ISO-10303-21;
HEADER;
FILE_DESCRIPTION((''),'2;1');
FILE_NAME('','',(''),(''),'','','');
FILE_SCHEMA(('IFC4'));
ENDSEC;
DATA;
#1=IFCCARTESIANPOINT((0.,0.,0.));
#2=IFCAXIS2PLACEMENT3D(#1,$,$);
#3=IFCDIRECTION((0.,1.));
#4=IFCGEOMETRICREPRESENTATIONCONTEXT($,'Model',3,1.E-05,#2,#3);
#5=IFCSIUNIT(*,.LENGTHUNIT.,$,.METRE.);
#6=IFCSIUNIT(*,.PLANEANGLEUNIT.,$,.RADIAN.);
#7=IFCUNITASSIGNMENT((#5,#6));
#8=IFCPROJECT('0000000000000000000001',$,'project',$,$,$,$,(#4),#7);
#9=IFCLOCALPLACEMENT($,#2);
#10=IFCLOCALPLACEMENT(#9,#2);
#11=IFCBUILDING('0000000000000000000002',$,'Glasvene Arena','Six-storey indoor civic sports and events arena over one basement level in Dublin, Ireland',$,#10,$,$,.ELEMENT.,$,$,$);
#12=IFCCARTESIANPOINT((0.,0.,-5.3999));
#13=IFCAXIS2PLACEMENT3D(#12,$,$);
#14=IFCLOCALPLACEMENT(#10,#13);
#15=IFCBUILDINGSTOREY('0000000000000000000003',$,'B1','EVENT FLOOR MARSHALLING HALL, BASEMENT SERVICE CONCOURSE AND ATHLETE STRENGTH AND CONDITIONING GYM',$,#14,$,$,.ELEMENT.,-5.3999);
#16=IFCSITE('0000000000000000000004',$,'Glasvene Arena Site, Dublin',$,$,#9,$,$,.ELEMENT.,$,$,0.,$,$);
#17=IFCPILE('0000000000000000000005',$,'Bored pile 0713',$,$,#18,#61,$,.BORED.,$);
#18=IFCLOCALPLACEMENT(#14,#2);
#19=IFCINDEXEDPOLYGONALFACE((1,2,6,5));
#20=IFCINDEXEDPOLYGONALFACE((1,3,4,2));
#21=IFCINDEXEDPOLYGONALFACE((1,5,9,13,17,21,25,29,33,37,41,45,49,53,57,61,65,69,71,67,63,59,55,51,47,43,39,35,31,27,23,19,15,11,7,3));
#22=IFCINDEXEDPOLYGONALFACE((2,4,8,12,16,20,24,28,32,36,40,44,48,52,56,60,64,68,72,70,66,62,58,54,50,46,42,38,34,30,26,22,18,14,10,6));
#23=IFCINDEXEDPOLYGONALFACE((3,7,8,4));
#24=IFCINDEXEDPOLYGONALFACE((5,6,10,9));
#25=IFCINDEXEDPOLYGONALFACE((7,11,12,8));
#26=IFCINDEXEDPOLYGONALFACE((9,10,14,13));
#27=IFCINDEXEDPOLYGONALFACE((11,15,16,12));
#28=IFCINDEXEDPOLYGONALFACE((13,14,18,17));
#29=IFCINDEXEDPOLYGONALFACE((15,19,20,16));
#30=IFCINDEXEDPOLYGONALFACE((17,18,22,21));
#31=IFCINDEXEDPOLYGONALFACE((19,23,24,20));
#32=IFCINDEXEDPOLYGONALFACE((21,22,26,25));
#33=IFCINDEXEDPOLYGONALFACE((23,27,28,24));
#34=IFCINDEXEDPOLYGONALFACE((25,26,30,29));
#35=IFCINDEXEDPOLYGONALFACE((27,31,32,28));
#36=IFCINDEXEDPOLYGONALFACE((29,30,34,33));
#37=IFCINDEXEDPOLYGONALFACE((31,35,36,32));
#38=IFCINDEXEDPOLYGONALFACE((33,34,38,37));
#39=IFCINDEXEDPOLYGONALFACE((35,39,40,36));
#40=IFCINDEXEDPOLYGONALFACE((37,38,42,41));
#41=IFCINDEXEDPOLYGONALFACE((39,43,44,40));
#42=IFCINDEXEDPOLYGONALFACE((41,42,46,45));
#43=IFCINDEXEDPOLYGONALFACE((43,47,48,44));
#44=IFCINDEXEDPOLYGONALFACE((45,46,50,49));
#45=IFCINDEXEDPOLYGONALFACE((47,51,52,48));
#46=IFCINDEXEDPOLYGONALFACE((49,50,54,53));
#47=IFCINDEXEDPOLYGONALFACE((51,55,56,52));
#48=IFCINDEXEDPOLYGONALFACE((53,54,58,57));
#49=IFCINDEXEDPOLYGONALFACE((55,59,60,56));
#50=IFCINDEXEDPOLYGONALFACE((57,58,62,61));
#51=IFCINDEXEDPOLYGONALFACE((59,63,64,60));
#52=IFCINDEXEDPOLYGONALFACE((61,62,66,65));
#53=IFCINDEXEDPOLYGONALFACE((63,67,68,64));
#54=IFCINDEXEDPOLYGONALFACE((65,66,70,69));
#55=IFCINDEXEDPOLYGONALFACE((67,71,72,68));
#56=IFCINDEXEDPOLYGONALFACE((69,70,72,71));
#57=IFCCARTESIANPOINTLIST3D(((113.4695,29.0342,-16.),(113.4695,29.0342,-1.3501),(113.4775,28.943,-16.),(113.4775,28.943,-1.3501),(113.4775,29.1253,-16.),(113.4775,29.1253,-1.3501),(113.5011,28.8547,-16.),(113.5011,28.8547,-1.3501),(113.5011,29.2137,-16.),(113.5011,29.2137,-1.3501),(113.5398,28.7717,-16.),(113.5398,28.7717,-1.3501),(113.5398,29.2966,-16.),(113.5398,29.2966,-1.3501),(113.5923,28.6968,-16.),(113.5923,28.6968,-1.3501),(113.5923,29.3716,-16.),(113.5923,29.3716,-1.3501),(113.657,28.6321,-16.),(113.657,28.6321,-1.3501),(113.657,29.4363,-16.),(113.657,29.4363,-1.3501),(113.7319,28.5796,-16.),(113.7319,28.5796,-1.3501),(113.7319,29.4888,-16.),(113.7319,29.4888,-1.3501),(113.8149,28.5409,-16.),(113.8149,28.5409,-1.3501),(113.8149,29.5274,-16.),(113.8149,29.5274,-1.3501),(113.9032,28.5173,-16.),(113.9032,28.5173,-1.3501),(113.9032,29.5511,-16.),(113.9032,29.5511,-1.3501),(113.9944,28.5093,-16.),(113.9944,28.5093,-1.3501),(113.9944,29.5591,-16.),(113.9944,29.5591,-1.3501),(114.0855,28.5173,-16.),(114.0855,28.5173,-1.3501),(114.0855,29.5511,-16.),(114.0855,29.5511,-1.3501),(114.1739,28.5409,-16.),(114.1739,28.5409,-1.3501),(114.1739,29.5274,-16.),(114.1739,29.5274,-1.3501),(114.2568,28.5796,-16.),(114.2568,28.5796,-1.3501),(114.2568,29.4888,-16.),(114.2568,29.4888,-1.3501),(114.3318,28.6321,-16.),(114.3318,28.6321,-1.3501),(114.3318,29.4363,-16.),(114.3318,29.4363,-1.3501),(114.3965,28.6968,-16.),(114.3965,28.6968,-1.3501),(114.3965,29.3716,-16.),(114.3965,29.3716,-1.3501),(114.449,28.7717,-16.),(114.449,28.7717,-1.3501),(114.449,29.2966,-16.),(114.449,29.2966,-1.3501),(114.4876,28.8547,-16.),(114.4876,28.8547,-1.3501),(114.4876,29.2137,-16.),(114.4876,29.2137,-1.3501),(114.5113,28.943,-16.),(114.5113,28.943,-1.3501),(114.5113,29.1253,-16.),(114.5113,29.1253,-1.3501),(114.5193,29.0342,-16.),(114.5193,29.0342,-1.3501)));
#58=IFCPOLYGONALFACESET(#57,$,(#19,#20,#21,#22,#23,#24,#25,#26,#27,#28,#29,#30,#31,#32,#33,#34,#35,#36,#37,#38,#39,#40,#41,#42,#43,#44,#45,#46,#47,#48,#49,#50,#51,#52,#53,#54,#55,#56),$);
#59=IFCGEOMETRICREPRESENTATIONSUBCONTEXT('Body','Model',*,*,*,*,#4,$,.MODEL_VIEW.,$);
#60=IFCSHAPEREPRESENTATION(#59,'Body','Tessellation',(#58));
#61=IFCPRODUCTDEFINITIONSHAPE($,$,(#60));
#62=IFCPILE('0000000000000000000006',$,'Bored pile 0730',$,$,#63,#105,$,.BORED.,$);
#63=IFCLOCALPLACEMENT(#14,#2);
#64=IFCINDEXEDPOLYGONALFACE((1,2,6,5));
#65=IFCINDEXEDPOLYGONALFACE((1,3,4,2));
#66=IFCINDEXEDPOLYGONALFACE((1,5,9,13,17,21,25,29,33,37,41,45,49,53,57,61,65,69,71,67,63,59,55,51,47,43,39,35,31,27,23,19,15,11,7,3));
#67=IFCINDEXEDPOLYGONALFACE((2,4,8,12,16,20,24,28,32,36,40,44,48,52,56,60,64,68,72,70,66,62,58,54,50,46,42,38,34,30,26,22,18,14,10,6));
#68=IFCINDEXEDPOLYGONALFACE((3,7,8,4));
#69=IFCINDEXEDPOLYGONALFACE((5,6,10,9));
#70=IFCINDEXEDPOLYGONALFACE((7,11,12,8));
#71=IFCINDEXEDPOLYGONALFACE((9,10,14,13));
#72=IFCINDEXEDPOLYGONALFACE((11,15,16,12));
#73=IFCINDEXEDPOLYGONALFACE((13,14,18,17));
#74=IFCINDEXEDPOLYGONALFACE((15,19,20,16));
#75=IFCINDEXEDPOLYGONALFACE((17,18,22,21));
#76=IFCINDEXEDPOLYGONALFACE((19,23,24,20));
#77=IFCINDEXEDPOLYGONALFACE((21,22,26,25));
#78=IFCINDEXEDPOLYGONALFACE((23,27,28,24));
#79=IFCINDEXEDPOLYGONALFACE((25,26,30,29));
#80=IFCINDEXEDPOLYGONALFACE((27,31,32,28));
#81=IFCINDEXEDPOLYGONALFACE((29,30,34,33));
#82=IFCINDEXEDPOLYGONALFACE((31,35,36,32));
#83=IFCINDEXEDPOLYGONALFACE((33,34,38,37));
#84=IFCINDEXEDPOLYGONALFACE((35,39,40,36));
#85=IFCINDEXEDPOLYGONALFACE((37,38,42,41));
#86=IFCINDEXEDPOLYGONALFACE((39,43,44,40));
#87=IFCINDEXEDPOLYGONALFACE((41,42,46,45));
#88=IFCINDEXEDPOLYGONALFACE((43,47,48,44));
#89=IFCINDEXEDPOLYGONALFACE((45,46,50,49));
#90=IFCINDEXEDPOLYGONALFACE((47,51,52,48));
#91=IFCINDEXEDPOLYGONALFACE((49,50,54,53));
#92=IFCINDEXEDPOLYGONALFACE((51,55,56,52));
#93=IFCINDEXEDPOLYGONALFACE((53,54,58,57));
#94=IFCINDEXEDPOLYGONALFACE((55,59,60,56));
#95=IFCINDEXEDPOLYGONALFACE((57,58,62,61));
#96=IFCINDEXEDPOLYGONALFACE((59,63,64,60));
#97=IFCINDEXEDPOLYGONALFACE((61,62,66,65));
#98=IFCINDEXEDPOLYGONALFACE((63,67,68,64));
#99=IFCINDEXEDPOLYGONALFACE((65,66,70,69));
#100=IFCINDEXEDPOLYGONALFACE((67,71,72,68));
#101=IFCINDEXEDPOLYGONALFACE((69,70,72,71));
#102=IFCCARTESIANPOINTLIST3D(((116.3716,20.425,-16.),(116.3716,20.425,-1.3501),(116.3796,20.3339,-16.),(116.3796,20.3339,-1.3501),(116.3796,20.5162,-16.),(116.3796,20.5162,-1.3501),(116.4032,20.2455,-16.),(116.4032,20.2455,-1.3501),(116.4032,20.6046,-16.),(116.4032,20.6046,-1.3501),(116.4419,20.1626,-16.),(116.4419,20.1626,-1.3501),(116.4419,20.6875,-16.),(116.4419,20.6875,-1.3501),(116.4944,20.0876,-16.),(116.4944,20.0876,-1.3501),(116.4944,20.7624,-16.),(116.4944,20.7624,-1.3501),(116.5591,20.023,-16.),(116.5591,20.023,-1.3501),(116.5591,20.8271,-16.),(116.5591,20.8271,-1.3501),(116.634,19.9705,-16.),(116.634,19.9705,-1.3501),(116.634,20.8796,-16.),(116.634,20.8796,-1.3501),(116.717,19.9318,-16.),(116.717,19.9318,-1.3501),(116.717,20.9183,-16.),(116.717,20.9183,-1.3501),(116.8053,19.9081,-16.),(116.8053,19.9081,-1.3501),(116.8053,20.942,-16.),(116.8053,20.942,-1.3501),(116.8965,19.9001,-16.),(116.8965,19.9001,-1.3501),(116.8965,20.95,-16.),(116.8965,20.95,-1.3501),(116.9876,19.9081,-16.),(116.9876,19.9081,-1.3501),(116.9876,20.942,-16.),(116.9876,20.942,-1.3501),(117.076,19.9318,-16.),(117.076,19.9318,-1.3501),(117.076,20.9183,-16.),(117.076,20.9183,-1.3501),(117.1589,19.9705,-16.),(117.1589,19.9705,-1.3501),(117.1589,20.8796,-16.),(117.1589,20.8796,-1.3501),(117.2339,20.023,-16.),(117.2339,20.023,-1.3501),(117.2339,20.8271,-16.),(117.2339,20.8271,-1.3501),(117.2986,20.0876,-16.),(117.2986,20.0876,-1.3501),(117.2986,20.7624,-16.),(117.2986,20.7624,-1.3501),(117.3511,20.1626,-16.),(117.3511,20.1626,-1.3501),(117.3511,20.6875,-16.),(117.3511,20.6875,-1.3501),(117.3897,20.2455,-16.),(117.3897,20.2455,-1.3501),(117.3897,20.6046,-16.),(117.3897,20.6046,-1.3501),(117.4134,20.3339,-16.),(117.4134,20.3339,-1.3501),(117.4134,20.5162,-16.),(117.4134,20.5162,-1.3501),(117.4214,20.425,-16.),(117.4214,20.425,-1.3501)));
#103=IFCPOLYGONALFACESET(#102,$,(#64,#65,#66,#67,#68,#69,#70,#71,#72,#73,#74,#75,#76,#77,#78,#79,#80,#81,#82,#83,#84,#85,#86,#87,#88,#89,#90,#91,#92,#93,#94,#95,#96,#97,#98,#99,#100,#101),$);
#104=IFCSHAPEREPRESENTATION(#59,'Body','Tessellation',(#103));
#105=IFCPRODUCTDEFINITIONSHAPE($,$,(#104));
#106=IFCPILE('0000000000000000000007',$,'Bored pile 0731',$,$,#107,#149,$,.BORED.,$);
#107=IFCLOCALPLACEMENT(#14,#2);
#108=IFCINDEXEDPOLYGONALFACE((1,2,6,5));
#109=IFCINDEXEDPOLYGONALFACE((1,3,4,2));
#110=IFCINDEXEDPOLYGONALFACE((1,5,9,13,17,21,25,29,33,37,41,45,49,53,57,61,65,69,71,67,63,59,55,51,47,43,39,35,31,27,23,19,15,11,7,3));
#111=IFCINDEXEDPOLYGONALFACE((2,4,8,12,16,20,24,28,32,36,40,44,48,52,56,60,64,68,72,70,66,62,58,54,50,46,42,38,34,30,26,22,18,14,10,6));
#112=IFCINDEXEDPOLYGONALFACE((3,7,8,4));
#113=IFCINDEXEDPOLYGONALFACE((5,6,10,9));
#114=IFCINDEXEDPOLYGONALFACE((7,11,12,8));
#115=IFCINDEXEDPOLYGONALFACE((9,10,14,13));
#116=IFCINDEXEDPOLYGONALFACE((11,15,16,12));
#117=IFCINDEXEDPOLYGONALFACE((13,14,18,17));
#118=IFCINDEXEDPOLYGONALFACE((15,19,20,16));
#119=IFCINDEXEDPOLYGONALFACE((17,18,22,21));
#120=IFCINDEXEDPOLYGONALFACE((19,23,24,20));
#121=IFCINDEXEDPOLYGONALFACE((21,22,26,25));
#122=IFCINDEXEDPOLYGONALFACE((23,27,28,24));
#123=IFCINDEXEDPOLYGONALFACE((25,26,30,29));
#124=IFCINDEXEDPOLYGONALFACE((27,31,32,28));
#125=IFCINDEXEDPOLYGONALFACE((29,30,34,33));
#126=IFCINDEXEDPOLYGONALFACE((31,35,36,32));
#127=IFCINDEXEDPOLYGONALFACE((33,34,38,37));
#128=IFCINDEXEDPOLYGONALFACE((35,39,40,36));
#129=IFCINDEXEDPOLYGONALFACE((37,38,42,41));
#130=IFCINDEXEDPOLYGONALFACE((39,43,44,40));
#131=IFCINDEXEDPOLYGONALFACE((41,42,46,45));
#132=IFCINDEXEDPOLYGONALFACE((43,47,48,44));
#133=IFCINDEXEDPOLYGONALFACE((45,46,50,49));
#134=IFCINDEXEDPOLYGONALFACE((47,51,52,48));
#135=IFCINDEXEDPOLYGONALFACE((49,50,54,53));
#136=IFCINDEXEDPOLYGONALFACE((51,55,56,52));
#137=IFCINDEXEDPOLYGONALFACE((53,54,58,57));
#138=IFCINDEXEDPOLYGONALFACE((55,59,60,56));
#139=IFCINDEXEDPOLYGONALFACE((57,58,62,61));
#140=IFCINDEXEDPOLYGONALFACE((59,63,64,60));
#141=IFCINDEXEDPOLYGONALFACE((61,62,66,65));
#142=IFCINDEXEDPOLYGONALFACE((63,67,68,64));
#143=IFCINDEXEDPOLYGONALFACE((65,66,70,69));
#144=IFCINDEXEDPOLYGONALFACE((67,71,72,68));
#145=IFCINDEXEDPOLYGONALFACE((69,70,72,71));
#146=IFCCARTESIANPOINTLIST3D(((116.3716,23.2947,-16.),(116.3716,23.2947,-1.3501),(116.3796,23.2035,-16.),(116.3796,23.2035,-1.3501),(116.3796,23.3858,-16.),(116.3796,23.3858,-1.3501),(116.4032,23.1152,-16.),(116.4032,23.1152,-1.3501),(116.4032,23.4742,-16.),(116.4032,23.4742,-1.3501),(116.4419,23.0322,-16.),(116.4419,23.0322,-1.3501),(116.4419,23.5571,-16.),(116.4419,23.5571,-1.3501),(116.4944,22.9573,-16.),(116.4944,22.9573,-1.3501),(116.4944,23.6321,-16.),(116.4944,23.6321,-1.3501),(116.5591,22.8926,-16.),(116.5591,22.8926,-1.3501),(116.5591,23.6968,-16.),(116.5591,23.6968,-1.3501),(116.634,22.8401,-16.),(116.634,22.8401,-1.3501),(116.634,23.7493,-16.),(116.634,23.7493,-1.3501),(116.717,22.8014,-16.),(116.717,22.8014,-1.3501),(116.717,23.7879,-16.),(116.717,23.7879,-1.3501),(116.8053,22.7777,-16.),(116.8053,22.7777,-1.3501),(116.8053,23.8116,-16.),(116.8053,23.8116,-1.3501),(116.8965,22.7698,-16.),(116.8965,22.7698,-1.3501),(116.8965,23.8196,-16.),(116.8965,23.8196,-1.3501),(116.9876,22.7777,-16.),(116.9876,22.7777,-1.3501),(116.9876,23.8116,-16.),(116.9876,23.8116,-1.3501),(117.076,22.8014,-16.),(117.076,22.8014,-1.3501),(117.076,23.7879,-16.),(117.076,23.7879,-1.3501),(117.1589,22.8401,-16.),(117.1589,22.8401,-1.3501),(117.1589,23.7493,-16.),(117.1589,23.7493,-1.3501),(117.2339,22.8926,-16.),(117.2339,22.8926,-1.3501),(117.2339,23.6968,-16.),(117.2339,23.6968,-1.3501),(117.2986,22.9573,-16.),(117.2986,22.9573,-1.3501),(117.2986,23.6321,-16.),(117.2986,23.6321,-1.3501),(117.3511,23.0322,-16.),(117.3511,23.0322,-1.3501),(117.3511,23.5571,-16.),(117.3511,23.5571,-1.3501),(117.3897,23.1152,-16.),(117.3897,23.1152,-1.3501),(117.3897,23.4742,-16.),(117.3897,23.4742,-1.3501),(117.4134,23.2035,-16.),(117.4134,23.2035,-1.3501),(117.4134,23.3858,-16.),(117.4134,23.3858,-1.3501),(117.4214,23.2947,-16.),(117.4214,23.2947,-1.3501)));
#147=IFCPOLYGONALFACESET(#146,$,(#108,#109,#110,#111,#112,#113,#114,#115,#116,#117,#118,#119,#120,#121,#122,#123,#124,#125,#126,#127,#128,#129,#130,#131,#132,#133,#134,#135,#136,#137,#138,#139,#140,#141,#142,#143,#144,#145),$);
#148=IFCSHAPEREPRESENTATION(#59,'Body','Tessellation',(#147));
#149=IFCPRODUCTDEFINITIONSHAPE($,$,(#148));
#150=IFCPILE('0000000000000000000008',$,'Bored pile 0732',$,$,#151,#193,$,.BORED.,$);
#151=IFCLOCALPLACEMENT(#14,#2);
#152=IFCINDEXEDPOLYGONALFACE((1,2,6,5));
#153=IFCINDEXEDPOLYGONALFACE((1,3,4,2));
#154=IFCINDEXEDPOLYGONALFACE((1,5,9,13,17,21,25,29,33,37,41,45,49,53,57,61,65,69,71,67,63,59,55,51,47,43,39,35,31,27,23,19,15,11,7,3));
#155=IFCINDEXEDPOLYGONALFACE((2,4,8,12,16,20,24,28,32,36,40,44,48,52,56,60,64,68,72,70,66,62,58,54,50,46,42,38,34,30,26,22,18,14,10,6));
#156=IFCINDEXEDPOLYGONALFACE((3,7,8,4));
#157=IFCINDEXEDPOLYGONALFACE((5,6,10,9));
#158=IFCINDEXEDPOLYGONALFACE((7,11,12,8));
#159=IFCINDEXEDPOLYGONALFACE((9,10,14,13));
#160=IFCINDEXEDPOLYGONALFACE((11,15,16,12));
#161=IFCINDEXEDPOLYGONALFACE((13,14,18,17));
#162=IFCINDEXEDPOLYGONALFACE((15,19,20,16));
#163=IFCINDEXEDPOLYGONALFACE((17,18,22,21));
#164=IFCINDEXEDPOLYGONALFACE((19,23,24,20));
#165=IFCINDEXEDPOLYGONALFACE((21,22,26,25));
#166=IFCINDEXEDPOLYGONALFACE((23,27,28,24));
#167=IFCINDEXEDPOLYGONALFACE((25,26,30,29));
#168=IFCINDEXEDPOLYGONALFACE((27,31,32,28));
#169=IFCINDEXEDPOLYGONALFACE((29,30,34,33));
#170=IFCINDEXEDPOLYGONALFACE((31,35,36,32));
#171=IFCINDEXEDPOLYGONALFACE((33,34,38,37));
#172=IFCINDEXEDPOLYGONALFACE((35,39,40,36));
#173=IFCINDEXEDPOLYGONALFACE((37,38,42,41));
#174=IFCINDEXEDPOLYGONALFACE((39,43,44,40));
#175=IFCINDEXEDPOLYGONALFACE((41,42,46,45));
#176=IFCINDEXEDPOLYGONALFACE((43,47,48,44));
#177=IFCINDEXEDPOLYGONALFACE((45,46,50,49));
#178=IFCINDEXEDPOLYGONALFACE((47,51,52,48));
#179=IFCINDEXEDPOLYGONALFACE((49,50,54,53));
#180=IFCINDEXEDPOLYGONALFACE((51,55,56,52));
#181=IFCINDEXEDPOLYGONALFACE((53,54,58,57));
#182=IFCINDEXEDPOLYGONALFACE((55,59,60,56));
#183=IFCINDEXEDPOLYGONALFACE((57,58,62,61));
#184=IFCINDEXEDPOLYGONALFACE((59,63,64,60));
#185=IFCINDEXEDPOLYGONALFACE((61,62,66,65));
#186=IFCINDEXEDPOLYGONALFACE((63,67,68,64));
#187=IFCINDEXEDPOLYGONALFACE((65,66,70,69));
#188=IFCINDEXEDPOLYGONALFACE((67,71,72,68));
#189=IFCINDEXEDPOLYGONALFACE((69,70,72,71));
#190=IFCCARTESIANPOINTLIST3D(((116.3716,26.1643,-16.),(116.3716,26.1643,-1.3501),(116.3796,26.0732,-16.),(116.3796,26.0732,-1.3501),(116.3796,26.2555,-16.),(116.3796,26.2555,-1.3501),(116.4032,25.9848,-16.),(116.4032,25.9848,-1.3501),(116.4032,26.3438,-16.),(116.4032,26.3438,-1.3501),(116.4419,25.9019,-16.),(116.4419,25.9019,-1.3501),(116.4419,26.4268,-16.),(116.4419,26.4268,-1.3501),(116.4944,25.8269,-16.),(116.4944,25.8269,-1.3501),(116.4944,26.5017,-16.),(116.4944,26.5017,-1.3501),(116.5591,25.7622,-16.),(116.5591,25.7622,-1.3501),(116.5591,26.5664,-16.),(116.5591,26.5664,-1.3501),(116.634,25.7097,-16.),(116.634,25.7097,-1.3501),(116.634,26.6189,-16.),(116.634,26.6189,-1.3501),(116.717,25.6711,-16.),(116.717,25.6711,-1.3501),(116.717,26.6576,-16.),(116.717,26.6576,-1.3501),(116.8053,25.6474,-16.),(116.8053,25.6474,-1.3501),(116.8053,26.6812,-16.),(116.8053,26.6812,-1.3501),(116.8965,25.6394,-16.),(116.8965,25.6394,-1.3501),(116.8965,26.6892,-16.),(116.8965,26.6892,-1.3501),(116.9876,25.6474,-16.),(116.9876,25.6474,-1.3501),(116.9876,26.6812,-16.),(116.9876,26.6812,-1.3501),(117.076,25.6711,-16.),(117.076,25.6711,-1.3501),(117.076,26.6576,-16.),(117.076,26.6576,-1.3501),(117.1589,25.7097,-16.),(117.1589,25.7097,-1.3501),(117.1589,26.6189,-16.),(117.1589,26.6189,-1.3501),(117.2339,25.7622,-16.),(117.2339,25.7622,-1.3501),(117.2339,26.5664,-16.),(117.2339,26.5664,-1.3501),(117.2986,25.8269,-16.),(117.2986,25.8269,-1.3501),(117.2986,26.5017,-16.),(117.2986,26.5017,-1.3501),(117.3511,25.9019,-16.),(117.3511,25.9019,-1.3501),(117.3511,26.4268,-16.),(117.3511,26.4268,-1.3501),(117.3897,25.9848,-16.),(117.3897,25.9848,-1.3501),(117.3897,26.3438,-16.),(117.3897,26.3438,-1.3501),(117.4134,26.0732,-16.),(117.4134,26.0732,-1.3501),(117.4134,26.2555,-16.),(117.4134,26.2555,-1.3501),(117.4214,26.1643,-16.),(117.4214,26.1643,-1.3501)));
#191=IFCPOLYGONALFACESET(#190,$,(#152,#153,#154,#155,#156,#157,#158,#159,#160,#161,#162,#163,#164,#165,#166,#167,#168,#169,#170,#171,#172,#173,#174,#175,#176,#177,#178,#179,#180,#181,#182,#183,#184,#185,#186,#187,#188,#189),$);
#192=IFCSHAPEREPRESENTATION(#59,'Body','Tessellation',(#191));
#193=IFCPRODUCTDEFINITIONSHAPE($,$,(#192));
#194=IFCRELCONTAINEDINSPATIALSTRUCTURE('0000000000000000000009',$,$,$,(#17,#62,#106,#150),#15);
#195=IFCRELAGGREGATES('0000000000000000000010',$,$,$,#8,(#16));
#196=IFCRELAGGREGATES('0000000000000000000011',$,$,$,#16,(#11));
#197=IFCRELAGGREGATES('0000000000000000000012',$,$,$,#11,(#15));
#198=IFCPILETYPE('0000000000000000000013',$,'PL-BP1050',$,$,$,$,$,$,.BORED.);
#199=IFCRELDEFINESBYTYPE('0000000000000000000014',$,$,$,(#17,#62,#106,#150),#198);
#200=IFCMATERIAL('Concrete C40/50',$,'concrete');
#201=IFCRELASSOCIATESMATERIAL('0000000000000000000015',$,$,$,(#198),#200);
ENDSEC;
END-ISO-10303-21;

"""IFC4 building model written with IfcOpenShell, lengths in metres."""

from ifc_helpers import new_model, si_unit, direction, frame, origin, origin_2d, place, context, subcontext, project, spatial, circle, extrude, material, material_profile, profile_set, type_object, element, save


model = new_model("IFC4")

# Units and contexts
model_context = context("Model", 3, precision=1e-05, world=origin(), true_north=direction((0.0, 1.0)))
body_context = subcontext(model_context, "Body", "Model", "MODEL_VIEW")
ifc_project = project(units=[si_unit("LENGTHUNIT", "METRE"), si_unit("PLANEANGLEUNIT", "RADIAN")], contexts=[model_context])

# Site, building, storey
site_placement = place(None, origin())
site = spatial("IfcSite", under=ifc_project, at=site_placement, Name="Glasvene Arena Site, Dublin", CompositionType="ELEMENT", RefElevation=0.0)
building_placement = place(site_placement, origin())
building = spatial("IfcBuilding", under=site, at=building_placement, Name="Glasvene Arena", Description="Six-storey indoor civic sports and events arena over one basement level in Dublin, Ireland", CompositionType="ELEMENT")
storey_placement = place(building_placement, frame((0.0, 0.0, -5.3999)))
storey = spatial("IfcBuildingStorey", under=building, at=storey_placement, Name="B1", Description="EVENT FLOOR MARSHALLING HALL, BASEMENT SERVICE CONCOURSE AND ATHLETE STRENGTH AND CONDITIONING GYM", CompositionType="ELEMENT", Elevation=-5.3999)

# Piles
ifc_material_1 = material(Name="Concrete C40/50", Category="concrete")
ifc_material_profile_1 = material_profile(ifc_material_1, circle(Radius=0.5249, at=origin_2d()), Name="BORED PILE 1050")
ifc_profile_set_1 = profile_set([ifc_material_profile_1], Name="Concrete C40/50")
pile_type = type_object("IfcPileType", Name="PL-BP1050", PredefinedType="BORED", material=ifc_profile_set_1)
for number, where, z_axis, x_axis, name in (
    (1, (113.9944, 29.0342, -1.3501), (0.0, 0.0, -1.0), (1.0, 0.0, 0.0), "Bored pile 0713"),
    (2, (116.8965, 20.425, -1.3501), (0.0, 0.0, -1.0), (1.0, 0.0, 0.0), "Bored pile 0730"),
    (3, (116.8965, 23.2947, -1.3501), (0.0, 0.0, -1.0), (1.0, 0.0, 0.0), "Bored pile 0731"),
    (4, (116.8965, 26.1643, -1.3501), (0.0, 0.0, -1.0), (1.0, 0.0, 0.0), "Bored pile 0732"),
):
    element("IfcPile", number, at=place(storey_placement, frame(where, z_axis=z_axis, x_axis=x_axis)), inside=storey, type_object=pile_type, Name=name, PredefinedType="BORED", context=body_context, shape_type="SweptSolid", body=[
        extrude(circle(Radius=0.5249, at=origin_2d()), origin(), (0.0, 0.0, 1.0), 14.6499),
    ])

save(model, "model.ifc")
